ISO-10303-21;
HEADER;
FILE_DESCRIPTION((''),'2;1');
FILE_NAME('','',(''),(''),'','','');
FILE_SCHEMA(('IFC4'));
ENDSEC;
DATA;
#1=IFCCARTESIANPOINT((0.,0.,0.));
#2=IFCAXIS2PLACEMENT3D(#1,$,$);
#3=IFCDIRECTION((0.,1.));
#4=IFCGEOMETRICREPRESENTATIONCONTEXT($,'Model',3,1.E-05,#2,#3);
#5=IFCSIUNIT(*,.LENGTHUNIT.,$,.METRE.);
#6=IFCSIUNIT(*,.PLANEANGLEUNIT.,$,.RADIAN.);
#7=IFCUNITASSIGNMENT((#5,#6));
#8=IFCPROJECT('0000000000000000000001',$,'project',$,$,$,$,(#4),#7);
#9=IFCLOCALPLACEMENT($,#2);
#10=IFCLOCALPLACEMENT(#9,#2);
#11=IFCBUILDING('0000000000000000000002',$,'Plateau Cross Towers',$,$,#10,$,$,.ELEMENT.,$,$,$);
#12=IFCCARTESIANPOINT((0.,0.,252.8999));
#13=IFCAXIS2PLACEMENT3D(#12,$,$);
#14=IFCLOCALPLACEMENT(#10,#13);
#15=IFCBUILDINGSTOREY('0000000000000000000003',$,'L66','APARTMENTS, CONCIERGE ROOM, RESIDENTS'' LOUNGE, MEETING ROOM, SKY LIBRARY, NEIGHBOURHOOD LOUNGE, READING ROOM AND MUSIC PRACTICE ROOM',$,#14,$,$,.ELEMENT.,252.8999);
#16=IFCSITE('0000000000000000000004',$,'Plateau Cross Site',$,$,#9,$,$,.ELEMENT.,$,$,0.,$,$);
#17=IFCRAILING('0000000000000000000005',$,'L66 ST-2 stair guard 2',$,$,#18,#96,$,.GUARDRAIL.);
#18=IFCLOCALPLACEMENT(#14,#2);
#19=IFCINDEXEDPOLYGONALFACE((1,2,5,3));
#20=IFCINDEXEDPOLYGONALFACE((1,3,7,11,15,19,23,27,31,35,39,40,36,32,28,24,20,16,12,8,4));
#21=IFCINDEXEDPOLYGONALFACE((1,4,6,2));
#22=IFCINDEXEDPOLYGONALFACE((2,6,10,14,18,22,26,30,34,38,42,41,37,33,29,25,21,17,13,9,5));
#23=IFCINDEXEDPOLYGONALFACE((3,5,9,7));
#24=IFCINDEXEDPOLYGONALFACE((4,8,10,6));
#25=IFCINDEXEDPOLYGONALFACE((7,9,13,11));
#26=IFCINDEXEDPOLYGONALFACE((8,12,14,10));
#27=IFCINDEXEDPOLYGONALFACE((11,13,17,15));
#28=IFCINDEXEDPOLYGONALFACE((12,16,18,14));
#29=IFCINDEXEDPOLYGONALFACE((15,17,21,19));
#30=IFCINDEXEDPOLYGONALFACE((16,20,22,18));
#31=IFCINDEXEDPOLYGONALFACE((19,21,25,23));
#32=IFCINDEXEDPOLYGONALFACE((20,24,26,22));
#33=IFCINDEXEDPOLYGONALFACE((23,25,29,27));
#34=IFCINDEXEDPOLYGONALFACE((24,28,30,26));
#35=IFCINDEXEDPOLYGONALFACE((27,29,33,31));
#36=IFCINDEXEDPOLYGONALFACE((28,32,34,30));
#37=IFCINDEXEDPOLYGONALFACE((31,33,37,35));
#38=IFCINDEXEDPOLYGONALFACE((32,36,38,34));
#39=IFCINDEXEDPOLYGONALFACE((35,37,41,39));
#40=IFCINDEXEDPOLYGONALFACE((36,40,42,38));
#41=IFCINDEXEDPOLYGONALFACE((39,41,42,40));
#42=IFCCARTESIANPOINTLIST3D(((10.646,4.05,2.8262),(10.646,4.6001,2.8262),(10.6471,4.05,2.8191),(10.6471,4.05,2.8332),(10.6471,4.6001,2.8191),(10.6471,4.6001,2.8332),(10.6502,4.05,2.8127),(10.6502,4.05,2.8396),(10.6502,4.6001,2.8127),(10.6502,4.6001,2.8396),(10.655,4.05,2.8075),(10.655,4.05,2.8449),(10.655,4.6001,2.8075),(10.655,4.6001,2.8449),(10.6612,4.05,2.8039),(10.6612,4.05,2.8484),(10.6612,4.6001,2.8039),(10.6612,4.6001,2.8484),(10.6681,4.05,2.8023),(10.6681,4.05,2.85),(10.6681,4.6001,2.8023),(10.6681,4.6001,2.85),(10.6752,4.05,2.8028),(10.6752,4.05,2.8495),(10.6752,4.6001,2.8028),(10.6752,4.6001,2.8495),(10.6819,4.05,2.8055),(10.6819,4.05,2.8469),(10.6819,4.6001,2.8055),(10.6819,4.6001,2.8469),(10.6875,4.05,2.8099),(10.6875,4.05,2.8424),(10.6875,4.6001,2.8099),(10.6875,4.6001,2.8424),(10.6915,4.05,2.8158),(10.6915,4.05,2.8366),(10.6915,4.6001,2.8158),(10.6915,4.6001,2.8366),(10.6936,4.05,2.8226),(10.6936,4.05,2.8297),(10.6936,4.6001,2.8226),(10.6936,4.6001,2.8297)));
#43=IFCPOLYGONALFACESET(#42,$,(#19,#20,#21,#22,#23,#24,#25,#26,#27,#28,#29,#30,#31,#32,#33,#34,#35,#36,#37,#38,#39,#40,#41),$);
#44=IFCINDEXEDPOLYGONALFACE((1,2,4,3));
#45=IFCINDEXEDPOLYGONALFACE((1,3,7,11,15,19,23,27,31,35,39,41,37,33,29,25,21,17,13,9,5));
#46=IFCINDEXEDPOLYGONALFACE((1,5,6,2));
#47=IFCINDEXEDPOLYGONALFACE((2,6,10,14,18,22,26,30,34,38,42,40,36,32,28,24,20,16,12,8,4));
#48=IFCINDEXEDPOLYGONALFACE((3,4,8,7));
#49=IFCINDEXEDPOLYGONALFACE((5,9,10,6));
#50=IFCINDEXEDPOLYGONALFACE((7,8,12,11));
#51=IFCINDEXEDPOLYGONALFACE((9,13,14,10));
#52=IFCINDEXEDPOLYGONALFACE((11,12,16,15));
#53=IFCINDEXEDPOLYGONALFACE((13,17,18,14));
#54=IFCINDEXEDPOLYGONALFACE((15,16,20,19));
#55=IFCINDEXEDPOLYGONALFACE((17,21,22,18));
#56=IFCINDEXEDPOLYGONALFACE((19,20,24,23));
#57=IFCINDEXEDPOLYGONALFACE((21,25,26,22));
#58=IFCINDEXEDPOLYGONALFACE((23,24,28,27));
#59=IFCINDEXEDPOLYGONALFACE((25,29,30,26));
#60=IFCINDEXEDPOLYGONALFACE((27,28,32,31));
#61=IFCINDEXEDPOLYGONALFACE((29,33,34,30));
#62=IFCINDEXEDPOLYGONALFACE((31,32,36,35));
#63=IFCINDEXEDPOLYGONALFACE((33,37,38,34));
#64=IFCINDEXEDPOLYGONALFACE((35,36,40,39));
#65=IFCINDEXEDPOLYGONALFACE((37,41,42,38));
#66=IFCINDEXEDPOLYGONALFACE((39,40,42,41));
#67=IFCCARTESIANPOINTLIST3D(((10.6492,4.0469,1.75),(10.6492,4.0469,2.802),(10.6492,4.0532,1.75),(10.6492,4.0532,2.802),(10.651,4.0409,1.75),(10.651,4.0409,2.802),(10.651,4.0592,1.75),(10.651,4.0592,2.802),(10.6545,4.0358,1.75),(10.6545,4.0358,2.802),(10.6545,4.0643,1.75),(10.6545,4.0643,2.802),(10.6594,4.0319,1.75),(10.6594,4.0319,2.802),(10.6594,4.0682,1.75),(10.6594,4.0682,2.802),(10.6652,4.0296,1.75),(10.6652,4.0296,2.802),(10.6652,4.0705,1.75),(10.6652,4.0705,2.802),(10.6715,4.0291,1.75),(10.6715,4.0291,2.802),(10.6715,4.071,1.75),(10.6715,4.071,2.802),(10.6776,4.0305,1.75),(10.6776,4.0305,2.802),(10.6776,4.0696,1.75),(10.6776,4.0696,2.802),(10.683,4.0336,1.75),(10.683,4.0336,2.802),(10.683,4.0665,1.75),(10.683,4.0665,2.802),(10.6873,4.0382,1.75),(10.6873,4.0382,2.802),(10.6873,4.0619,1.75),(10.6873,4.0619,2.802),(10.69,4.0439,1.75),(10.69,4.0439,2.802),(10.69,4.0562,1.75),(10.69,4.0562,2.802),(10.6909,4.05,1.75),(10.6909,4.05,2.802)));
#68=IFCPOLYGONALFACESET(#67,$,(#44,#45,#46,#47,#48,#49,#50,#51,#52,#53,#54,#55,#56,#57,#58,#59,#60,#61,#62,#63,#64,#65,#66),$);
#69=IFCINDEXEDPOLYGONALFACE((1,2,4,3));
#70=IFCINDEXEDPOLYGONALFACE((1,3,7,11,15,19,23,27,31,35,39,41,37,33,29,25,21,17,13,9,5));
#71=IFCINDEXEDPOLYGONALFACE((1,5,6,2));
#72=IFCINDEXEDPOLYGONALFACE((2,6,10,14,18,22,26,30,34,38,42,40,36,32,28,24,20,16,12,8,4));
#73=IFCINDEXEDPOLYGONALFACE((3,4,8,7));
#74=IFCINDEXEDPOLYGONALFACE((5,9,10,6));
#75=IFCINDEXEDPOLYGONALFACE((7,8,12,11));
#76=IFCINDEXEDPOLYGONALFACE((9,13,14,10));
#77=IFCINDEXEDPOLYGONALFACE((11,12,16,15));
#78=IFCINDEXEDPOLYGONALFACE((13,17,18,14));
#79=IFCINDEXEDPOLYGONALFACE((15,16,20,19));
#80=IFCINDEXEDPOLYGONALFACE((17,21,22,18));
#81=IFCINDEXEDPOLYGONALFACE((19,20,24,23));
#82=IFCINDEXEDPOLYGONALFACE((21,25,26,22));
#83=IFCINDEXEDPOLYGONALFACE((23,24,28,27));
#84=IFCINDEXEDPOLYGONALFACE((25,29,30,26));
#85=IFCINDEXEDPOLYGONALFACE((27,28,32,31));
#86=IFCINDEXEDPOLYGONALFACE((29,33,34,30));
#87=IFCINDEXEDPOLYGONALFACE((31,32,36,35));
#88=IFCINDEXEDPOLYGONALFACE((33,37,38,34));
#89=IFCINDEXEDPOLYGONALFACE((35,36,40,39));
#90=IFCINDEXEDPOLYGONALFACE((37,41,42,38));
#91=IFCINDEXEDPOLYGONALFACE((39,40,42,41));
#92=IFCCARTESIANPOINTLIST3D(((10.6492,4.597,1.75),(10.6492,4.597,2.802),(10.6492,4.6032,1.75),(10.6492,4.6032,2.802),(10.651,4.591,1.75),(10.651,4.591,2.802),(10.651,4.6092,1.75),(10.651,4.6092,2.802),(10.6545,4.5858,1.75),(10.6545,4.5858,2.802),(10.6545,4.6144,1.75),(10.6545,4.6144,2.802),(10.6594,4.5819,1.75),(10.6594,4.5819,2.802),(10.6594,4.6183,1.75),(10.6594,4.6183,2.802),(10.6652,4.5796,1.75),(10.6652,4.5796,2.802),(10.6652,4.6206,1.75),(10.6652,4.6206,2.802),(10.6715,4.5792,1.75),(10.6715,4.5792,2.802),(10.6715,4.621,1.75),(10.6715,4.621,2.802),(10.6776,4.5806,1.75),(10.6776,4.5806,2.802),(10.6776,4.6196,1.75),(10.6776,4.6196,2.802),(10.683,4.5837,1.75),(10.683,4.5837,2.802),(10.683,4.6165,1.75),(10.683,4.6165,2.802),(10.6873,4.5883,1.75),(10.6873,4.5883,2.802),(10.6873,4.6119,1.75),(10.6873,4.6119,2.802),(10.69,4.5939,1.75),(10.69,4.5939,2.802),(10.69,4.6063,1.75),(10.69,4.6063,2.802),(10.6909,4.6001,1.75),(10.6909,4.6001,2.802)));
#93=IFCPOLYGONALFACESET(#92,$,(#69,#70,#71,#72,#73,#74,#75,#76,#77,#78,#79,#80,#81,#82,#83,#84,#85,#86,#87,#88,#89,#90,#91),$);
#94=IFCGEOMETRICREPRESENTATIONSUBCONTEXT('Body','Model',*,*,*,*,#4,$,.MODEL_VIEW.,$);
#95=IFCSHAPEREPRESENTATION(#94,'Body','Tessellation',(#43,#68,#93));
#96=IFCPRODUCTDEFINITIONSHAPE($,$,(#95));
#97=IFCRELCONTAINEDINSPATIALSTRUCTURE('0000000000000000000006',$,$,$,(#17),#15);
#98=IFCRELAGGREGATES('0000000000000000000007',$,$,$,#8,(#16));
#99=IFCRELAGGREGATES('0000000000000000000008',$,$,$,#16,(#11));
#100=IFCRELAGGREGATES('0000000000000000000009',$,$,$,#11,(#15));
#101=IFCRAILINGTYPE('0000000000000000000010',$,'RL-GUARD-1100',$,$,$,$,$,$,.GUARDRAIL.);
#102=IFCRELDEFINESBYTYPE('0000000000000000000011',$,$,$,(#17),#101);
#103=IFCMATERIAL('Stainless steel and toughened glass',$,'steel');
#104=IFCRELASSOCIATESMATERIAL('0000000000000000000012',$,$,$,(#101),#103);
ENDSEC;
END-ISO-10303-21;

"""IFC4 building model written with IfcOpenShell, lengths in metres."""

from ifc_helpers import new_model, si_unit, direction, frame, origin, origin_2d, place, context, subcontext, project, spatial, circle, extrude, material, type_object, element, save


model = new_model("IFC4")

# Units and contexts
model_context = context("Model", 3, precision=1e-05, world=origin(), true_north=direction((0.0, 1.0)))
body_context = subcontext(model_context, "Body", "Model", "MODEL_VIEW")
ifc_project = project(units=[si_unit("LENGTHUNIT", "METRE"), si_unit("PLANEANGLEUNIT", "RADIAN")], contexts=[model_context])

# Site, building, storey
site_placement = place(None, origin())
site = spatial("IfcSite", under=ifc_project, at=site_placement, Name="Plateau Cross Site", CompositionType="ELEMENT", RefElevation=0.0)
building_placement = place(site_placement, origin())
building = spatial("IfcBuilding", under=site, at=building_placement, Name="Plateau Cross Towers", CompositionType="ELEMENT")
storey_placement = place(building_placement, frame((0.0, 0.0, 252.8999)))
storey = spatial("IfcBuildingStorey", under=building, at=storey_placement, Name="L66", Description="APARTMENTS, CONCIERGE ROOM, RESIDENTS' LOUNGE, MEETING ROOM, SKY LIBRARY, NEIGHBOURHOOD LOUNGE, READING ROOM AND MUSIC PRACTICE ROOM", CompositionType="ELEMENT", Elevation=252.8999)

# Railing
ifc_material_1 = material(Name="Stainless steel and toughened glass", Category="steel")
railing_type_1 = type_object("IfcRailingType", Name="RL-GUARD-1100", PredefinedType="GUARDRAIL", material=ifc_material_1)
railing_1_placement = place(storey_placement, frame((10.6699, 4.05, 1.75)))
element("IfcRailing", 1, at=railing_1_placement, inside=storey, type_object=railing_type_1, Name="L66 ST-2 stair guard 2", PredefinedType="GUARDRAIL", context=body_context, shape_type="SweptSolid", body=[
    extrude(circle(Radius=0.0239, at=origin_2d()), frame((0.0, 0.0, 1.0762), z_axis=(0.0, 1.0, 0.0), x_axis=(-1.0, 0.0, 0.0)), (0.0, 0.0, 1.0), 0.55),
    extrude(circle(Radius=0.021, at=origin_2d()), origin(), (0.0, 0.0, 1.0), 1.052),
    extrude(circle(Radius=0.021, at=origin_2d()), frame((0.0, 0.55, 0.0)), (0.0, 0.0, 1.0), 1.052),
])

save(model, "model.ifc")
